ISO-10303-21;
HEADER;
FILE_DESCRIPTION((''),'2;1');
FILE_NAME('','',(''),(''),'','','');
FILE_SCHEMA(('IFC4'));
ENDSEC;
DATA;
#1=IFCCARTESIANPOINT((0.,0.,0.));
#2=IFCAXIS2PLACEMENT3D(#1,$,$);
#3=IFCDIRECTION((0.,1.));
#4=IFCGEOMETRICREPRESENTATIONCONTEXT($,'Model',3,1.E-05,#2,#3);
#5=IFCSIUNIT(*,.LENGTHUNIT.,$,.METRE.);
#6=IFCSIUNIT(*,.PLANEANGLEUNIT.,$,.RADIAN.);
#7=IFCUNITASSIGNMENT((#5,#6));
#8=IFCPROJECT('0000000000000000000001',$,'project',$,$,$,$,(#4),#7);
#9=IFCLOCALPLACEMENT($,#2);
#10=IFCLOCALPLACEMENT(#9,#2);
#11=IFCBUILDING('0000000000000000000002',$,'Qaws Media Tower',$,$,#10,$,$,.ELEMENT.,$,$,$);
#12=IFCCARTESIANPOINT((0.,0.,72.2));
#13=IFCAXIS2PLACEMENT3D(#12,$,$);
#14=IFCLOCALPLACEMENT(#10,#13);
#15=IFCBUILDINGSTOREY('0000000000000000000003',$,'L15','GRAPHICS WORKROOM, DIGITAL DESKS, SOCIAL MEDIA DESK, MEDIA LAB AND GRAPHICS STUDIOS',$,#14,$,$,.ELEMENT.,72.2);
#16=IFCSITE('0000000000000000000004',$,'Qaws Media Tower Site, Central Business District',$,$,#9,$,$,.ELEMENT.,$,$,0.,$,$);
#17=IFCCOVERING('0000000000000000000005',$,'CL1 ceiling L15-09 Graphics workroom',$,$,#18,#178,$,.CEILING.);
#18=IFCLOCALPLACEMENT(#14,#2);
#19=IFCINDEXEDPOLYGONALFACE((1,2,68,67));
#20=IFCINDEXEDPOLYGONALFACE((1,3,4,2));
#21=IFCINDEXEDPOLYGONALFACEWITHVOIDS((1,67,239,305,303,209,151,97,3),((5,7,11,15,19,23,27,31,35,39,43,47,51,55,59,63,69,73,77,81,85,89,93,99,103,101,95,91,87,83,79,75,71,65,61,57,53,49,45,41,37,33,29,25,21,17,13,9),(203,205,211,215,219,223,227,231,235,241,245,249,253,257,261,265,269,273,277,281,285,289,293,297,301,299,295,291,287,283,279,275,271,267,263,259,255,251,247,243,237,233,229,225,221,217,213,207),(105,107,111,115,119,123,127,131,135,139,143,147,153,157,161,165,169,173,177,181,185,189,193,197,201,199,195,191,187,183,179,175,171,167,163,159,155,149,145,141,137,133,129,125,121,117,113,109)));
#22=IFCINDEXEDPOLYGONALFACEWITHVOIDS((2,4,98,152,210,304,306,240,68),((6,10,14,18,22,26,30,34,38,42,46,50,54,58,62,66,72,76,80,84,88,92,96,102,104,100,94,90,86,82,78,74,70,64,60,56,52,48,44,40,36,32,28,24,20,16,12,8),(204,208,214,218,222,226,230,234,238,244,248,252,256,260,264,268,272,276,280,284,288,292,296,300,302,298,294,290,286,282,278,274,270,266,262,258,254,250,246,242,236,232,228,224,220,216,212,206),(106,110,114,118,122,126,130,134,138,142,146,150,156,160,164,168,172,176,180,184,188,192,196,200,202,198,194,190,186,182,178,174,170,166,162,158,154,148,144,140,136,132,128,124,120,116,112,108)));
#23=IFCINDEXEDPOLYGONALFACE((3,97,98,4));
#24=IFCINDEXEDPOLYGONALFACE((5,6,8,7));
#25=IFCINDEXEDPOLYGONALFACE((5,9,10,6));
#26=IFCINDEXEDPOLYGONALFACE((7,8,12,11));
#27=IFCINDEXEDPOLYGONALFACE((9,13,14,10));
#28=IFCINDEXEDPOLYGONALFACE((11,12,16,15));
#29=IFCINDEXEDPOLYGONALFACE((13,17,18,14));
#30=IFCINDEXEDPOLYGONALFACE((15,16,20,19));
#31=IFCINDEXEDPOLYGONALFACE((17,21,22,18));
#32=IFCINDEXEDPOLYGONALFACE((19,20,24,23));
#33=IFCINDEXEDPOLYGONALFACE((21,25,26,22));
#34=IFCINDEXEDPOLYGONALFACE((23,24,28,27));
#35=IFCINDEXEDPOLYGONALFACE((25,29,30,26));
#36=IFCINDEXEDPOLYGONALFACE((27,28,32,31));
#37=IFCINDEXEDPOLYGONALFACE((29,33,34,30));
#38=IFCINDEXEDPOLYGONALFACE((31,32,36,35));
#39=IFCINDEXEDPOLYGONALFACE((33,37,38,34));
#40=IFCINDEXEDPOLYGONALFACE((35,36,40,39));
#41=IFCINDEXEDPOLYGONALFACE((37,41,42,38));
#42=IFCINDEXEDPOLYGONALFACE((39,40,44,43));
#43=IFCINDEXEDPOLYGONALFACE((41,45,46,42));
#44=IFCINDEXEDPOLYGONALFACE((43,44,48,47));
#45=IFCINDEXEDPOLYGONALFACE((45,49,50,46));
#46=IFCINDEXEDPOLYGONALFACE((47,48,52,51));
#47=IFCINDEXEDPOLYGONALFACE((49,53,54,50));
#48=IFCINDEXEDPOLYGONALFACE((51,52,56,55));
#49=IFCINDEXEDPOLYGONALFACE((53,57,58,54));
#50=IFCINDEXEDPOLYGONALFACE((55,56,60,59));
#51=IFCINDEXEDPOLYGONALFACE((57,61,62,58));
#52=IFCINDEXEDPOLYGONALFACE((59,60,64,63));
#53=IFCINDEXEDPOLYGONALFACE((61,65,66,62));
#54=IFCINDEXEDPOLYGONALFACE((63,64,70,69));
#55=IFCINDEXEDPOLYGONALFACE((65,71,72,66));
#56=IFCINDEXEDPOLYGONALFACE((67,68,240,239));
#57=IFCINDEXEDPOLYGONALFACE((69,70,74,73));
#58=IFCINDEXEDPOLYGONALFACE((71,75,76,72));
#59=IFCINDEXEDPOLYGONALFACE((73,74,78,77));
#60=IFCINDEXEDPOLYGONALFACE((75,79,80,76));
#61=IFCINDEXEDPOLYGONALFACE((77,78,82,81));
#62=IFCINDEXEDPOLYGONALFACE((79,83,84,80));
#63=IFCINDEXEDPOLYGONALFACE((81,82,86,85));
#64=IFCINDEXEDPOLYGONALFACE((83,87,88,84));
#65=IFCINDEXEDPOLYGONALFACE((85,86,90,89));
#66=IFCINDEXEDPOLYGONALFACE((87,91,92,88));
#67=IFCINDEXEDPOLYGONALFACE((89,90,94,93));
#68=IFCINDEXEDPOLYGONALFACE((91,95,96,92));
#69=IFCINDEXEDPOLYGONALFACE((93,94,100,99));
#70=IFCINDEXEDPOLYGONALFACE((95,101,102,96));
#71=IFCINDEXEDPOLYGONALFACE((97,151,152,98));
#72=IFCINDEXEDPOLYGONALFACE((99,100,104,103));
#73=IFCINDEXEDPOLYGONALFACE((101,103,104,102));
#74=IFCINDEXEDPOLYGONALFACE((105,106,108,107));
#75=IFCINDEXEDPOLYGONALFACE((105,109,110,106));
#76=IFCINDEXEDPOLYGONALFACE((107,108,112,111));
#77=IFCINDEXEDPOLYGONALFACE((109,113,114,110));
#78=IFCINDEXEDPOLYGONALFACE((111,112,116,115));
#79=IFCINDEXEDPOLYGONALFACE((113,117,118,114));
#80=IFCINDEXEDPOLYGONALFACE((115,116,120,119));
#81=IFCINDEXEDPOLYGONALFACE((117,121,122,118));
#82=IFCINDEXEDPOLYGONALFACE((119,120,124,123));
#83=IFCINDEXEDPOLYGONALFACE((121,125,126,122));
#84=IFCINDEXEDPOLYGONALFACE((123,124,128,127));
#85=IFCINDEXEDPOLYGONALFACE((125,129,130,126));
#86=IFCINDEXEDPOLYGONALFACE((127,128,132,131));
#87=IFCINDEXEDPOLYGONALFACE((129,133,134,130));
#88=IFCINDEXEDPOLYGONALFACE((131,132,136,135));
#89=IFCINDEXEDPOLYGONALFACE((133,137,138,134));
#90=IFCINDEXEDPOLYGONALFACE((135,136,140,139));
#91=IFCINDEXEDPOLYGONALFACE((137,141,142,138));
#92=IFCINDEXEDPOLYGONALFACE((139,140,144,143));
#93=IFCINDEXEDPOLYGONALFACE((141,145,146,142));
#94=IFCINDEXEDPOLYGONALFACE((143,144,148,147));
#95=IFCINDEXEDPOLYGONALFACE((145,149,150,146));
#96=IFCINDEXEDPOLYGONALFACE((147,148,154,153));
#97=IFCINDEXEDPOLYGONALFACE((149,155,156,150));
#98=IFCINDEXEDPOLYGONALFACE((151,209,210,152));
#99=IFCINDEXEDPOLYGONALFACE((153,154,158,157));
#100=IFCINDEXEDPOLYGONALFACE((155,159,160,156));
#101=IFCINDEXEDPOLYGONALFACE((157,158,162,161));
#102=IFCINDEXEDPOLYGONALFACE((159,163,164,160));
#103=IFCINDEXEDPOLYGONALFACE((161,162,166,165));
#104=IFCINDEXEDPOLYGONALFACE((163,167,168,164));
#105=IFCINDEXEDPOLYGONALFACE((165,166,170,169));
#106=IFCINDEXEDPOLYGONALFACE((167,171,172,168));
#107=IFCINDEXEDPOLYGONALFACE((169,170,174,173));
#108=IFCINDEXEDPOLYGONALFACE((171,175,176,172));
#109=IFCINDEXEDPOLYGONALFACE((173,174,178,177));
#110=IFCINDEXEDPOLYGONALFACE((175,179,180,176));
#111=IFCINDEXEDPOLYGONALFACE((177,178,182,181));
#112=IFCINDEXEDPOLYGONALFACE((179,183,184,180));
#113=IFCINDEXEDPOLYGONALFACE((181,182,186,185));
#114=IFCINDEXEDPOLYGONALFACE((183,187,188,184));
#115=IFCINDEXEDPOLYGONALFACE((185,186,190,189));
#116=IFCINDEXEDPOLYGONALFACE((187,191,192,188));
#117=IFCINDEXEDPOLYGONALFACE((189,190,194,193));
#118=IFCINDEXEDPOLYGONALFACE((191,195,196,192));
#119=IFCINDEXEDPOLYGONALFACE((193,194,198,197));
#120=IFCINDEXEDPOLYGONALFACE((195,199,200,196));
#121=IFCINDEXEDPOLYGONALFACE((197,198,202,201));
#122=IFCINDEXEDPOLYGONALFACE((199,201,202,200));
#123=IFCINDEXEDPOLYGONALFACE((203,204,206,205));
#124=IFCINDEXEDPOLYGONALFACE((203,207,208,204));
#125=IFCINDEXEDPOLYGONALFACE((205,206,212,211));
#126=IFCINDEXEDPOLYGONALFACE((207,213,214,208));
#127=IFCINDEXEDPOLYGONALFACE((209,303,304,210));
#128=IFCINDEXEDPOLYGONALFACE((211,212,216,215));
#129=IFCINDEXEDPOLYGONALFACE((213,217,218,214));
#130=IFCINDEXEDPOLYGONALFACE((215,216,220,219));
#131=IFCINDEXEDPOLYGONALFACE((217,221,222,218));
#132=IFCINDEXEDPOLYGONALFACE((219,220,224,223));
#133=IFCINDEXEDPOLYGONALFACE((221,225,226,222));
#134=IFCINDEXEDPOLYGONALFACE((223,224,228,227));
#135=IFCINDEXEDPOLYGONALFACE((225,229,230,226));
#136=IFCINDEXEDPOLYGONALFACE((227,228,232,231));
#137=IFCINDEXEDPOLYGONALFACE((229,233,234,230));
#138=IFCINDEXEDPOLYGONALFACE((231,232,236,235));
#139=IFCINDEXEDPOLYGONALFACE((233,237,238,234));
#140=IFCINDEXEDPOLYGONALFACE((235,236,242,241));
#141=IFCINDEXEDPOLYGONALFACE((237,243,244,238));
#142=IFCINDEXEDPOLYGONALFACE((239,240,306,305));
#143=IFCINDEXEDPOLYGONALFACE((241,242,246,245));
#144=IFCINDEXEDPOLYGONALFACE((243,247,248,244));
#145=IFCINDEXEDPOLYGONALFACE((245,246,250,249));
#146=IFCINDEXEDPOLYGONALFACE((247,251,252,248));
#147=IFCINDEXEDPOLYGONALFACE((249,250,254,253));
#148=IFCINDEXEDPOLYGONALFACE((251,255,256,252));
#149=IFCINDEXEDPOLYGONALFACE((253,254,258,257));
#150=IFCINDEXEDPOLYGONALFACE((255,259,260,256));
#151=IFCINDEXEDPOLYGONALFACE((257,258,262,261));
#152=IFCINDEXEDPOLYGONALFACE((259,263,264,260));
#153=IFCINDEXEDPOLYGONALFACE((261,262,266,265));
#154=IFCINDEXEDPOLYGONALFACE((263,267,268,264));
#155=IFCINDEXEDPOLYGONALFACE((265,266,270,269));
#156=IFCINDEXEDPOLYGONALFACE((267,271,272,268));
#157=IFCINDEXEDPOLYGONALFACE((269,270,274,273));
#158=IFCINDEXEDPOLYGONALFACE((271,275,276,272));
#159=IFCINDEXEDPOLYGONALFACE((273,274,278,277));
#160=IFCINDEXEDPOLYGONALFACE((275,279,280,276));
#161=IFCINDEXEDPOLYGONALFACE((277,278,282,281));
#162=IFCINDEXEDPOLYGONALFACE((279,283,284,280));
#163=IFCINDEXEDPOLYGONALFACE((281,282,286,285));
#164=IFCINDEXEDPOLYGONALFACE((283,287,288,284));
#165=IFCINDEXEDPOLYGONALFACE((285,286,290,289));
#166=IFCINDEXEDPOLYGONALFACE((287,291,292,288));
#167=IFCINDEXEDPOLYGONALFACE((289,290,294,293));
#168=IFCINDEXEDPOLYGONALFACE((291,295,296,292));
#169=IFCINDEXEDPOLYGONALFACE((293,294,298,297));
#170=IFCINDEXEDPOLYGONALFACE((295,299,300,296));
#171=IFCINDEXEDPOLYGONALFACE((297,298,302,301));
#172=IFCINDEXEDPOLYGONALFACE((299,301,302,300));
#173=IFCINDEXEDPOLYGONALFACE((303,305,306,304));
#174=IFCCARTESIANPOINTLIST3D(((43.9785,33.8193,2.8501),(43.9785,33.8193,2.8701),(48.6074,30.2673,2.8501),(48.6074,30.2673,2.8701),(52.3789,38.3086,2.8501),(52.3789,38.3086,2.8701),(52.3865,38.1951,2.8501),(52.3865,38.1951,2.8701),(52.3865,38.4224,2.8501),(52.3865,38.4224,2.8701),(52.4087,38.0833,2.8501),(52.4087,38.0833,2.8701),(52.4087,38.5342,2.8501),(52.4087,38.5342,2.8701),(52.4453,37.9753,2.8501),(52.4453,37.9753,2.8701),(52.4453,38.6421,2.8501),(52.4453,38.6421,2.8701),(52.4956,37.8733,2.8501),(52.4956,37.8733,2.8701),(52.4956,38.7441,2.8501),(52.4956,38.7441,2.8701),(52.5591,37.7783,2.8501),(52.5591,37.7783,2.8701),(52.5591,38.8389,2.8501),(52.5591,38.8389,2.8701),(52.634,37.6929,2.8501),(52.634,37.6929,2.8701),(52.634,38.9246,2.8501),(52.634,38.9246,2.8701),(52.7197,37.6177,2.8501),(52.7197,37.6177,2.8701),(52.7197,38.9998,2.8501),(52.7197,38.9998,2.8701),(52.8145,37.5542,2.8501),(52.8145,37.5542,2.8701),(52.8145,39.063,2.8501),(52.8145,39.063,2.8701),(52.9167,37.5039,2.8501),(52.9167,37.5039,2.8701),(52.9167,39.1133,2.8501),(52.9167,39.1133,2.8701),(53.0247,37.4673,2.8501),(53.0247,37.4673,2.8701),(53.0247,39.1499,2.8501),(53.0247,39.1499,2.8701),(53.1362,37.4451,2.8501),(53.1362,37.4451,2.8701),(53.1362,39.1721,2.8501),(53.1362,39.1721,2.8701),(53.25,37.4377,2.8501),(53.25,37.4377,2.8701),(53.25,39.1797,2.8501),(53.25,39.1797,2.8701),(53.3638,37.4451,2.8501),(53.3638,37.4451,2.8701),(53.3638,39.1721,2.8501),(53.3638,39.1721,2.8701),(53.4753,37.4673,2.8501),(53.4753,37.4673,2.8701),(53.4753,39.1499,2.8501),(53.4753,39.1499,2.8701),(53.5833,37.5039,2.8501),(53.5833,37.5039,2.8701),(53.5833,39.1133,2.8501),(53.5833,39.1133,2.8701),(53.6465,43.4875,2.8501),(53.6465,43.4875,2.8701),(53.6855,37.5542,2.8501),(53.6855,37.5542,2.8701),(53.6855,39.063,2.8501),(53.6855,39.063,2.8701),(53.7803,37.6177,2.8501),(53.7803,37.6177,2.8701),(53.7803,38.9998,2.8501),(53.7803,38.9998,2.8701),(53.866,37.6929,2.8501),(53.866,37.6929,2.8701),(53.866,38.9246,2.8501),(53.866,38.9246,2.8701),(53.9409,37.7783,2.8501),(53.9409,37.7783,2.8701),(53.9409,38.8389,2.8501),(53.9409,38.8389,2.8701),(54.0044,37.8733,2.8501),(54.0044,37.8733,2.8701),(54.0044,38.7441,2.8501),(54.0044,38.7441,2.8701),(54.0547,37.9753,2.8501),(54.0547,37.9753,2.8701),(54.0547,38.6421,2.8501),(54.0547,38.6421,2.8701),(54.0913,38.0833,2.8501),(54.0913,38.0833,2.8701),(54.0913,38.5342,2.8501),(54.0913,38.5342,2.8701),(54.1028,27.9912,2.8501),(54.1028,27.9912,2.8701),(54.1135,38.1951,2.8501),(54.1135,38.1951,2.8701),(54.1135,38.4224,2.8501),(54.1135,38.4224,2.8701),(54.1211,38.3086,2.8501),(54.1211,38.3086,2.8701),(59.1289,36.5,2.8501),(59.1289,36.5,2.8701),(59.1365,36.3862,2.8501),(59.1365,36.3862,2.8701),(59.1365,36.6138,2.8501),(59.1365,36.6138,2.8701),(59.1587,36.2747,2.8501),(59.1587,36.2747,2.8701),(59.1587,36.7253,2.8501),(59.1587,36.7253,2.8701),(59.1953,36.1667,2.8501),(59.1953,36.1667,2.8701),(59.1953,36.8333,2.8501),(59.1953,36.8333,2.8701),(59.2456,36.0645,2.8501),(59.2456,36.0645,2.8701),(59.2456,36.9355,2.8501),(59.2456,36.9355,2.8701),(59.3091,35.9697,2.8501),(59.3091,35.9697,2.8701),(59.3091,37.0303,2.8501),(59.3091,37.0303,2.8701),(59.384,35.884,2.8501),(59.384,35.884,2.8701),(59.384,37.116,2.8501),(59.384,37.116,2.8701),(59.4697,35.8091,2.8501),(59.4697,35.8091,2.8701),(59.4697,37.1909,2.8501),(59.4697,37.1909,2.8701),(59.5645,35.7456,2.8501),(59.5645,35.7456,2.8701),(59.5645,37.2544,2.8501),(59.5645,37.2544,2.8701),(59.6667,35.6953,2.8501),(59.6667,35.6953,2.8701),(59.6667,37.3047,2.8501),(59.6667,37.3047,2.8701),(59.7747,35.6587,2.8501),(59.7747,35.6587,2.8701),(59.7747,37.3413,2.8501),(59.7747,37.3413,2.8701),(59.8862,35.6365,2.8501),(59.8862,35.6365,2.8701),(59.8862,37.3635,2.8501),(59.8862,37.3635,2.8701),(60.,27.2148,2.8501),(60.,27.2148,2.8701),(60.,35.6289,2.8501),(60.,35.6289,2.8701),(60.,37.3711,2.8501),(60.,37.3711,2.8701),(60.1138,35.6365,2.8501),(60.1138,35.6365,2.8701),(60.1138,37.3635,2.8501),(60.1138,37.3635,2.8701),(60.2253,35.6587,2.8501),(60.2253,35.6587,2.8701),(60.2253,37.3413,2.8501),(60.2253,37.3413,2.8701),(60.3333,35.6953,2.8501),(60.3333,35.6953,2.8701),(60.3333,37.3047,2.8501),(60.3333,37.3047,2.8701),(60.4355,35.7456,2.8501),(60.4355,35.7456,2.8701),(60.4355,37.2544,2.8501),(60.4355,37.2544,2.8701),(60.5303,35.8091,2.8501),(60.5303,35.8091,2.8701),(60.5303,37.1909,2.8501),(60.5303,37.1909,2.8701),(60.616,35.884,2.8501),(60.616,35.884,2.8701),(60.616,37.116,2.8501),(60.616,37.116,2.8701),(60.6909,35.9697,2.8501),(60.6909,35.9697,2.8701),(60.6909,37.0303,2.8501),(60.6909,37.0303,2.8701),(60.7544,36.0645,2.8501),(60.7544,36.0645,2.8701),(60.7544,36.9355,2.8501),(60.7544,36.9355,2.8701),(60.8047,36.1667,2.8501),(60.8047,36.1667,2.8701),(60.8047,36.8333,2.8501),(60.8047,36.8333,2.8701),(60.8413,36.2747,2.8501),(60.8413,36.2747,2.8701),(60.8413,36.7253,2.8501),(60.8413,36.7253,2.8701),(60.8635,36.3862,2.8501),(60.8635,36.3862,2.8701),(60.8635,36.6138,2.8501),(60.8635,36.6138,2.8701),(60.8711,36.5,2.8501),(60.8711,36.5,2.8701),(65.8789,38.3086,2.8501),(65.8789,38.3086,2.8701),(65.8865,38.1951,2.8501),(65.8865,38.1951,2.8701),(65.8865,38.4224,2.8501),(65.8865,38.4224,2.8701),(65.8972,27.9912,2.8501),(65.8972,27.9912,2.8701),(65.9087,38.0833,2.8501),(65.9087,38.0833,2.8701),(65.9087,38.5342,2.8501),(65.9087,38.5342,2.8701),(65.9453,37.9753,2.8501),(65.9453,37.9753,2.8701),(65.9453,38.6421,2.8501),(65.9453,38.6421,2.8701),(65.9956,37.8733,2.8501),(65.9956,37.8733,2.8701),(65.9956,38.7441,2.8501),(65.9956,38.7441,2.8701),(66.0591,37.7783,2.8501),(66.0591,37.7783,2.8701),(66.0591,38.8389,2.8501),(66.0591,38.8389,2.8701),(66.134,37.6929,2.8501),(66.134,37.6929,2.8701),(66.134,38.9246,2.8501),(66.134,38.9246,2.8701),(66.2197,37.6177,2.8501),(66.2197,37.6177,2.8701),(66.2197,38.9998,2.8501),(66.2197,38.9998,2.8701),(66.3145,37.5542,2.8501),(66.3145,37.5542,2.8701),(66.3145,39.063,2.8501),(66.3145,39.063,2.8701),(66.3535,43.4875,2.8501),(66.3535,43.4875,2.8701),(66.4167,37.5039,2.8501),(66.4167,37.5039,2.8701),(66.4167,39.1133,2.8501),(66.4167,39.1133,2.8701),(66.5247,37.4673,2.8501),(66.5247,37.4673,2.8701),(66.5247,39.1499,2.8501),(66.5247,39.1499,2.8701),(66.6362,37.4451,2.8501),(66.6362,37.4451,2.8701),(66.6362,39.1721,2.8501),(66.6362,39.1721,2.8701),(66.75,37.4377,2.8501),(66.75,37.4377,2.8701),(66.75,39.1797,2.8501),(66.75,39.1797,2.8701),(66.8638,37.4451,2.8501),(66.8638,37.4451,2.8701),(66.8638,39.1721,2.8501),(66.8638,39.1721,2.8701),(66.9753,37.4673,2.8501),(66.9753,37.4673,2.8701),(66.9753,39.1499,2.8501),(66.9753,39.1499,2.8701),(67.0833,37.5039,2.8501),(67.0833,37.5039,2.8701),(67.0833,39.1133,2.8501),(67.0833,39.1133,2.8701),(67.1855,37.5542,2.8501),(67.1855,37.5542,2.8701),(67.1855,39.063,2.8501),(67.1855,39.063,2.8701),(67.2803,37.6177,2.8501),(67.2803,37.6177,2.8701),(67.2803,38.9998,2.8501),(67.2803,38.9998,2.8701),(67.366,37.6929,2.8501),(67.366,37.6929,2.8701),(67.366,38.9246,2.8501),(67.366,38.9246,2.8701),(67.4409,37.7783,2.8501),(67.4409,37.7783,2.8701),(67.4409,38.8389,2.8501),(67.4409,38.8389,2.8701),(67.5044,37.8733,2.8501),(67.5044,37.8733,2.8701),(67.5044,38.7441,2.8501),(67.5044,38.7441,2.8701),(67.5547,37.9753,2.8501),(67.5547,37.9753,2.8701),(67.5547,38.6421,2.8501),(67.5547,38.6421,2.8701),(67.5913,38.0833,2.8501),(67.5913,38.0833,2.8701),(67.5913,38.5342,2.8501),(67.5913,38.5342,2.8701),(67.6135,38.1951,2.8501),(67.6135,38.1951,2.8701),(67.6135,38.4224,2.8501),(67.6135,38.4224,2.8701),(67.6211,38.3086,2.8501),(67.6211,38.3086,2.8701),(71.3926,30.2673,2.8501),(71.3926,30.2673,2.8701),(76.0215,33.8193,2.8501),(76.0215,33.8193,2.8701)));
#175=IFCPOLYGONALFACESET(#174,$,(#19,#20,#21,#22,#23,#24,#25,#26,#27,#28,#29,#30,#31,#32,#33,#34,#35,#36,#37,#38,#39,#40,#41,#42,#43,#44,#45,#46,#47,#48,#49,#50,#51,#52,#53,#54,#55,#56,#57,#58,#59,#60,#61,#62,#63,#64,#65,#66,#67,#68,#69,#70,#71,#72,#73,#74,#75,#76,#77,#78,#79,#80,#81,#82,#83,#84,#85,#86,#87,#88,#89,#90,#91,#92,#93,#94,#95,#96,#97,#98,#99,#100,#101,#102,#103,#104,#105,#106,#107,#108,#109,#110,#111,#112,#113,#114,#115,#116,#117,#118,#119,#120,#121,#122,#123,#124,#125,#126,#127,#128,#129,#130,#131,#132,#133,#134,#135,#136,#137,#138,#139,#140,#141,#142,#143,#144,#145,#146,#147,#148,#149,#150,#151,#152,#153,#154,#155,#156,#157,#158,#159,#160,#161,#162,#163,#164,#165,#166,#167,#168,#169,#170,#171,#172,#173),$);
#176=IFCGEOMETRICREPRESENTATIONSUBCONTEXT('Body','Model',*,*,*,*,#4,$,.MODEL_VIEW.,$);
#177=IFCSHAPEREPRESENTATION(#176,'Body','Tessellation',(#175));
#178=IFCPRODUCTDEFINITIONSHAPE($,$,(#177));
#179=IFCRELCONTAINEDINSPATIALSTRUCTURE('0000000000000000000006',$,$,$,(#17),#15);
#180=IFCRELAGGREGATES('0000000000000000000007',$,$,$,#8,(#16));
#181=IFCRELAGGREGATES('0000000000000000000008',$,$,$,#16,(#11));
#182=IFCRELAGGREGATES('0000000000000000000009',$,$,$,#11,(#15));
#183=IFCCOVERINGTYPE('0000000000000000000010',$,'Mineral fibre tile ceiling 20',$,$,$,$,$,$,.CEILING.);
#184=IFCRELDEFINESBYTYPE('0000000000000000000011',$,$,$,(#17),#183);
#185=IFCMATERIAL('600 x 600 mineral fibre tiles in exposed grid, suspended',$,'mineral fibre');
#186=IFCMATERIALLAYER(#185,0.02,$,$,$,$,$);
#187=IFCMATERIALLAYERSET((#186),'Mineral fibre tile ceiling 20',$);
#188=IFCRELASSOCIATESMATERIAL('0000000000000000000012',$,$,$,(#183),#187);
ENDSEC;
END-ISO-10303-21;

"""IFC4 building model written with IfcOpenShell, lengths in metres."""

from ifc_helpers import new_model, si_unit, direction, frame, origin, place, context, subcontext, project, spatial, polyline, outline, extrude, material, layer, layer_set, type_object, element, save


model = new_model("IFC4")

# Units and contexts
model_context = context("Model", 3, precision=1e-05, world=origin(), true_north=direction((0.0, 1.0)))
body_context = subcontext(model_context, "Body", "Model", "MODEL_VIEW")
ifc_project = project(units=[si_unit("LENGTHUNIT", "METRE"), si_unit("PLANEANGLEUNIT", "RADIAN")], contexts=[model_context])

# Site, building, storey
site_placement = place(None, origin())
site = spatial("IfcSite", under=ifc_project, at=site_placement, Name="Qaws Media Tower Site, Central Business District", CompositionType="ELEMENT", RefElevation=0.0)
building_placement = place(site_placement, origin())
building = spatial("IfcBuilding", under=site, at=building_placement, Name="Qaws Media Tower", CompositionType="ELEMENT")
storey_placement = place(building_placement, frame((0.0, 0.0, 72.2)))
storey = spatial("IfcBuildingStorey", under=building, at=storey_placement, Name="L15", Description="GRAPHICS WORKROOM, DIGITAL DESKS, SOCIAL MEDIA DESK, MEDIA LAB AND GRAPHICS STUDIOS", CompositionType="ELEMENT", Elevation=72.2)

# Covering
ifc_material_1 = material(Name="600 x 600 mineral fibre tiles in exposed grid, suspended", Category="mineral fibre")
ifc_layer_1 = layer(ifc_material_1, 0.02)
ifc_layer_set_1 = layer_set([ifc_layer_1], Name="Mineral fibre tile ceiling 20")
covering_type_1 = type_object("IfcCoveringType", Name="Mineral fibre tile ceiling 20", PredefinedType="CEILING", material=ifc_layer_set_1)
covering_1_placement = place(storey_placement, frame((0.0, 0.0, 2.8501)))
element("IfcCovering", 1, at=covering_1_placement, inside=storey, type_object=covering_type_1, Name="CL1 ceiling L15-09 Graphics workroom", PredefinedType="CEILING", context=body_context, shape_type="SweptSolid", body=[
    extrude(outline(polyline([(76.0215, 33.8193), (71.3926, 30.2673), (65.8972, 27.9912), (60.0, 27.2148), (54.1028, 27.9912), (48.6074, 30.2673), (43.9785, 33.8193), (53.6465, 43.4875), (66.3535, 43.4875), (76.0215, 33.8193)]), holes=[polyline([(54.0913, 38.0833), (54.1135, 38.1951), (54.1211, 38.3086), (54.1135, 38.4224), (54.0913, 38.5342), (54.0547, 38.6421), (54.0044, 38.7441), (53.9409, 38.8389), (53.866, 38.9246), (53.7803, 38.9998), (53.6855, 39.063), (53.5833, 39.1133), (53.4753, 39.1499), (53.3638, 39.1721), (53.25, 39.1797), (53.1362, 39.1721), (53.0247, 39.1499), (52.9167, 39.1133), (52.8145, 39.063), (52.7197, 38.9998), (52.634, 38.9246), (52.5591, 38.8389), (52.4956, 38.7441), (52.4453, 38.6421), (52.4087, 38.5342), (52.3865, 38.4224), (52.3789, 38.3086), (52.3865, 38.1951), (52.4087, 38.0833), (52.4453, 37.9753), (52.4956, 37.8733), (52.5591, 37.7783), (52.634, 37.6929), (52.7197, 37.6177), (52.8145, 37.5542), (52.9167, 37.5039), (53.0247, 37.4673), (53.1362, 37.4451), (53.25, 37.4377), (53.3638, 37.4451), (53.4753, 37.4673), (53.5833, 37.5039), (53.6855, 37.5542), (53.7803, 37.6177), (53.866, 37.6929), (53.9409, 37.7783), (54.0044, 37.8733), (54.0547, 37.9753), (54.0913, 38.0833)]), polyline([(60.8413, 36.2747), (60.8635, 36.3862), (60.8711, 36.5), (60.8635, 36.6138), (60.8413, 36.7253), (60.8047, 36.8333), (60.7544, 36.9355), (60.6909, 37.0303), (60.616, 37.116), (60.5303, 37.1909), (60.4355, 37.2544), (60.3333, 37.3047), (60.2253, 37.3413), (60.1138, 37.3635), (60.0, 37.3711), (59.8862, 37.3635), (59.7747, 37.3413), (59.6667, 37.3047), (59.5645, 37.2544), (59.4697, 37.1909), (59.384, 37.116), (59.3091, 37.0303), (59.2456, 36.9355), (59.1953, 36.8333), (59.1587, 36.7253), (59.1365, 36.6138), (59.1289, 36.5), (59.1365, 36.3862), (59.1587, 36.2747), (59.1953, 36.1667), (59.2456, 36.0645), (59.3091, 35.9697), (59.384, 35.884), (59.4697, 35.8091), (59.5645, 35.7456), (59.6667, 35.6953), (59.7747, 35.6587), (59.8862, 35.6365), (60.0, 35.6289), (60.1138, 35.6365), (60.2253, 35.6587), (60.3333, 35.6953), (60.4355, 35.7456), (60.5303, 35.8091), (60.616, 35.884), (60.6909, 35.9697), (60.7544, 36.0645), (60.8047, 36.1667), (60.8413, 36.2747)]), polyline([(67.5547, 37.9753), (67.5913, 38.0833), (67.6135, 38.1951), (67.6211, 38.3086), (67.6135, 38.4224), (67.5913, 38.5342), (67.5547, 38.6421), (67.5044, 38.7441), (67.4409, 38.8389), (67.366, 38.9246), (67.2803, 38.9998), (67.1855, 39.063), (67.0833, 39.1133), (66.9753, 39.1499), (66.8638, 39.1721), (66.75, 39.1797), (66.6362, 39.1721), (66.5247, 39.1499), (66.4167, 39.1133), (66.3145, 39.063), (66.2197, 38.9998), (66.134, 38.9246), (66.0591, 38.8389), (65.9956, 38.7441), (65.9453, 38.6421), (65.9087, 38.5342), (65.8865, 38.4224), (65.8789, 38.3086), (65.8865, 38.1951), (65.9087, 38.0833), (65.9453, 37.9753), (65.9956, 37.8733), (66.0591, 37.7783), (66.134, 37.6929), (66.2197, 37.6177), (66.3145, 37.5542), (66.4167, 37.5039), (66.5247, 37.4673), (66.6362, 37.4451), (66.75, 37.4377), (66.8638, 37.4451), (66.9753, 37.4673), (67.0833, 37.5039), (67.1855, 37.5542), (67.2803, 37.6177), (67.366, 37.6929), (67.4409, 37.7783), (67.5044, 37.8733), (67.5547, 37.9753)])]), origin(), (0.0, 0.0, 1.0), 0.02),
])

save(model, "model.ifc")
